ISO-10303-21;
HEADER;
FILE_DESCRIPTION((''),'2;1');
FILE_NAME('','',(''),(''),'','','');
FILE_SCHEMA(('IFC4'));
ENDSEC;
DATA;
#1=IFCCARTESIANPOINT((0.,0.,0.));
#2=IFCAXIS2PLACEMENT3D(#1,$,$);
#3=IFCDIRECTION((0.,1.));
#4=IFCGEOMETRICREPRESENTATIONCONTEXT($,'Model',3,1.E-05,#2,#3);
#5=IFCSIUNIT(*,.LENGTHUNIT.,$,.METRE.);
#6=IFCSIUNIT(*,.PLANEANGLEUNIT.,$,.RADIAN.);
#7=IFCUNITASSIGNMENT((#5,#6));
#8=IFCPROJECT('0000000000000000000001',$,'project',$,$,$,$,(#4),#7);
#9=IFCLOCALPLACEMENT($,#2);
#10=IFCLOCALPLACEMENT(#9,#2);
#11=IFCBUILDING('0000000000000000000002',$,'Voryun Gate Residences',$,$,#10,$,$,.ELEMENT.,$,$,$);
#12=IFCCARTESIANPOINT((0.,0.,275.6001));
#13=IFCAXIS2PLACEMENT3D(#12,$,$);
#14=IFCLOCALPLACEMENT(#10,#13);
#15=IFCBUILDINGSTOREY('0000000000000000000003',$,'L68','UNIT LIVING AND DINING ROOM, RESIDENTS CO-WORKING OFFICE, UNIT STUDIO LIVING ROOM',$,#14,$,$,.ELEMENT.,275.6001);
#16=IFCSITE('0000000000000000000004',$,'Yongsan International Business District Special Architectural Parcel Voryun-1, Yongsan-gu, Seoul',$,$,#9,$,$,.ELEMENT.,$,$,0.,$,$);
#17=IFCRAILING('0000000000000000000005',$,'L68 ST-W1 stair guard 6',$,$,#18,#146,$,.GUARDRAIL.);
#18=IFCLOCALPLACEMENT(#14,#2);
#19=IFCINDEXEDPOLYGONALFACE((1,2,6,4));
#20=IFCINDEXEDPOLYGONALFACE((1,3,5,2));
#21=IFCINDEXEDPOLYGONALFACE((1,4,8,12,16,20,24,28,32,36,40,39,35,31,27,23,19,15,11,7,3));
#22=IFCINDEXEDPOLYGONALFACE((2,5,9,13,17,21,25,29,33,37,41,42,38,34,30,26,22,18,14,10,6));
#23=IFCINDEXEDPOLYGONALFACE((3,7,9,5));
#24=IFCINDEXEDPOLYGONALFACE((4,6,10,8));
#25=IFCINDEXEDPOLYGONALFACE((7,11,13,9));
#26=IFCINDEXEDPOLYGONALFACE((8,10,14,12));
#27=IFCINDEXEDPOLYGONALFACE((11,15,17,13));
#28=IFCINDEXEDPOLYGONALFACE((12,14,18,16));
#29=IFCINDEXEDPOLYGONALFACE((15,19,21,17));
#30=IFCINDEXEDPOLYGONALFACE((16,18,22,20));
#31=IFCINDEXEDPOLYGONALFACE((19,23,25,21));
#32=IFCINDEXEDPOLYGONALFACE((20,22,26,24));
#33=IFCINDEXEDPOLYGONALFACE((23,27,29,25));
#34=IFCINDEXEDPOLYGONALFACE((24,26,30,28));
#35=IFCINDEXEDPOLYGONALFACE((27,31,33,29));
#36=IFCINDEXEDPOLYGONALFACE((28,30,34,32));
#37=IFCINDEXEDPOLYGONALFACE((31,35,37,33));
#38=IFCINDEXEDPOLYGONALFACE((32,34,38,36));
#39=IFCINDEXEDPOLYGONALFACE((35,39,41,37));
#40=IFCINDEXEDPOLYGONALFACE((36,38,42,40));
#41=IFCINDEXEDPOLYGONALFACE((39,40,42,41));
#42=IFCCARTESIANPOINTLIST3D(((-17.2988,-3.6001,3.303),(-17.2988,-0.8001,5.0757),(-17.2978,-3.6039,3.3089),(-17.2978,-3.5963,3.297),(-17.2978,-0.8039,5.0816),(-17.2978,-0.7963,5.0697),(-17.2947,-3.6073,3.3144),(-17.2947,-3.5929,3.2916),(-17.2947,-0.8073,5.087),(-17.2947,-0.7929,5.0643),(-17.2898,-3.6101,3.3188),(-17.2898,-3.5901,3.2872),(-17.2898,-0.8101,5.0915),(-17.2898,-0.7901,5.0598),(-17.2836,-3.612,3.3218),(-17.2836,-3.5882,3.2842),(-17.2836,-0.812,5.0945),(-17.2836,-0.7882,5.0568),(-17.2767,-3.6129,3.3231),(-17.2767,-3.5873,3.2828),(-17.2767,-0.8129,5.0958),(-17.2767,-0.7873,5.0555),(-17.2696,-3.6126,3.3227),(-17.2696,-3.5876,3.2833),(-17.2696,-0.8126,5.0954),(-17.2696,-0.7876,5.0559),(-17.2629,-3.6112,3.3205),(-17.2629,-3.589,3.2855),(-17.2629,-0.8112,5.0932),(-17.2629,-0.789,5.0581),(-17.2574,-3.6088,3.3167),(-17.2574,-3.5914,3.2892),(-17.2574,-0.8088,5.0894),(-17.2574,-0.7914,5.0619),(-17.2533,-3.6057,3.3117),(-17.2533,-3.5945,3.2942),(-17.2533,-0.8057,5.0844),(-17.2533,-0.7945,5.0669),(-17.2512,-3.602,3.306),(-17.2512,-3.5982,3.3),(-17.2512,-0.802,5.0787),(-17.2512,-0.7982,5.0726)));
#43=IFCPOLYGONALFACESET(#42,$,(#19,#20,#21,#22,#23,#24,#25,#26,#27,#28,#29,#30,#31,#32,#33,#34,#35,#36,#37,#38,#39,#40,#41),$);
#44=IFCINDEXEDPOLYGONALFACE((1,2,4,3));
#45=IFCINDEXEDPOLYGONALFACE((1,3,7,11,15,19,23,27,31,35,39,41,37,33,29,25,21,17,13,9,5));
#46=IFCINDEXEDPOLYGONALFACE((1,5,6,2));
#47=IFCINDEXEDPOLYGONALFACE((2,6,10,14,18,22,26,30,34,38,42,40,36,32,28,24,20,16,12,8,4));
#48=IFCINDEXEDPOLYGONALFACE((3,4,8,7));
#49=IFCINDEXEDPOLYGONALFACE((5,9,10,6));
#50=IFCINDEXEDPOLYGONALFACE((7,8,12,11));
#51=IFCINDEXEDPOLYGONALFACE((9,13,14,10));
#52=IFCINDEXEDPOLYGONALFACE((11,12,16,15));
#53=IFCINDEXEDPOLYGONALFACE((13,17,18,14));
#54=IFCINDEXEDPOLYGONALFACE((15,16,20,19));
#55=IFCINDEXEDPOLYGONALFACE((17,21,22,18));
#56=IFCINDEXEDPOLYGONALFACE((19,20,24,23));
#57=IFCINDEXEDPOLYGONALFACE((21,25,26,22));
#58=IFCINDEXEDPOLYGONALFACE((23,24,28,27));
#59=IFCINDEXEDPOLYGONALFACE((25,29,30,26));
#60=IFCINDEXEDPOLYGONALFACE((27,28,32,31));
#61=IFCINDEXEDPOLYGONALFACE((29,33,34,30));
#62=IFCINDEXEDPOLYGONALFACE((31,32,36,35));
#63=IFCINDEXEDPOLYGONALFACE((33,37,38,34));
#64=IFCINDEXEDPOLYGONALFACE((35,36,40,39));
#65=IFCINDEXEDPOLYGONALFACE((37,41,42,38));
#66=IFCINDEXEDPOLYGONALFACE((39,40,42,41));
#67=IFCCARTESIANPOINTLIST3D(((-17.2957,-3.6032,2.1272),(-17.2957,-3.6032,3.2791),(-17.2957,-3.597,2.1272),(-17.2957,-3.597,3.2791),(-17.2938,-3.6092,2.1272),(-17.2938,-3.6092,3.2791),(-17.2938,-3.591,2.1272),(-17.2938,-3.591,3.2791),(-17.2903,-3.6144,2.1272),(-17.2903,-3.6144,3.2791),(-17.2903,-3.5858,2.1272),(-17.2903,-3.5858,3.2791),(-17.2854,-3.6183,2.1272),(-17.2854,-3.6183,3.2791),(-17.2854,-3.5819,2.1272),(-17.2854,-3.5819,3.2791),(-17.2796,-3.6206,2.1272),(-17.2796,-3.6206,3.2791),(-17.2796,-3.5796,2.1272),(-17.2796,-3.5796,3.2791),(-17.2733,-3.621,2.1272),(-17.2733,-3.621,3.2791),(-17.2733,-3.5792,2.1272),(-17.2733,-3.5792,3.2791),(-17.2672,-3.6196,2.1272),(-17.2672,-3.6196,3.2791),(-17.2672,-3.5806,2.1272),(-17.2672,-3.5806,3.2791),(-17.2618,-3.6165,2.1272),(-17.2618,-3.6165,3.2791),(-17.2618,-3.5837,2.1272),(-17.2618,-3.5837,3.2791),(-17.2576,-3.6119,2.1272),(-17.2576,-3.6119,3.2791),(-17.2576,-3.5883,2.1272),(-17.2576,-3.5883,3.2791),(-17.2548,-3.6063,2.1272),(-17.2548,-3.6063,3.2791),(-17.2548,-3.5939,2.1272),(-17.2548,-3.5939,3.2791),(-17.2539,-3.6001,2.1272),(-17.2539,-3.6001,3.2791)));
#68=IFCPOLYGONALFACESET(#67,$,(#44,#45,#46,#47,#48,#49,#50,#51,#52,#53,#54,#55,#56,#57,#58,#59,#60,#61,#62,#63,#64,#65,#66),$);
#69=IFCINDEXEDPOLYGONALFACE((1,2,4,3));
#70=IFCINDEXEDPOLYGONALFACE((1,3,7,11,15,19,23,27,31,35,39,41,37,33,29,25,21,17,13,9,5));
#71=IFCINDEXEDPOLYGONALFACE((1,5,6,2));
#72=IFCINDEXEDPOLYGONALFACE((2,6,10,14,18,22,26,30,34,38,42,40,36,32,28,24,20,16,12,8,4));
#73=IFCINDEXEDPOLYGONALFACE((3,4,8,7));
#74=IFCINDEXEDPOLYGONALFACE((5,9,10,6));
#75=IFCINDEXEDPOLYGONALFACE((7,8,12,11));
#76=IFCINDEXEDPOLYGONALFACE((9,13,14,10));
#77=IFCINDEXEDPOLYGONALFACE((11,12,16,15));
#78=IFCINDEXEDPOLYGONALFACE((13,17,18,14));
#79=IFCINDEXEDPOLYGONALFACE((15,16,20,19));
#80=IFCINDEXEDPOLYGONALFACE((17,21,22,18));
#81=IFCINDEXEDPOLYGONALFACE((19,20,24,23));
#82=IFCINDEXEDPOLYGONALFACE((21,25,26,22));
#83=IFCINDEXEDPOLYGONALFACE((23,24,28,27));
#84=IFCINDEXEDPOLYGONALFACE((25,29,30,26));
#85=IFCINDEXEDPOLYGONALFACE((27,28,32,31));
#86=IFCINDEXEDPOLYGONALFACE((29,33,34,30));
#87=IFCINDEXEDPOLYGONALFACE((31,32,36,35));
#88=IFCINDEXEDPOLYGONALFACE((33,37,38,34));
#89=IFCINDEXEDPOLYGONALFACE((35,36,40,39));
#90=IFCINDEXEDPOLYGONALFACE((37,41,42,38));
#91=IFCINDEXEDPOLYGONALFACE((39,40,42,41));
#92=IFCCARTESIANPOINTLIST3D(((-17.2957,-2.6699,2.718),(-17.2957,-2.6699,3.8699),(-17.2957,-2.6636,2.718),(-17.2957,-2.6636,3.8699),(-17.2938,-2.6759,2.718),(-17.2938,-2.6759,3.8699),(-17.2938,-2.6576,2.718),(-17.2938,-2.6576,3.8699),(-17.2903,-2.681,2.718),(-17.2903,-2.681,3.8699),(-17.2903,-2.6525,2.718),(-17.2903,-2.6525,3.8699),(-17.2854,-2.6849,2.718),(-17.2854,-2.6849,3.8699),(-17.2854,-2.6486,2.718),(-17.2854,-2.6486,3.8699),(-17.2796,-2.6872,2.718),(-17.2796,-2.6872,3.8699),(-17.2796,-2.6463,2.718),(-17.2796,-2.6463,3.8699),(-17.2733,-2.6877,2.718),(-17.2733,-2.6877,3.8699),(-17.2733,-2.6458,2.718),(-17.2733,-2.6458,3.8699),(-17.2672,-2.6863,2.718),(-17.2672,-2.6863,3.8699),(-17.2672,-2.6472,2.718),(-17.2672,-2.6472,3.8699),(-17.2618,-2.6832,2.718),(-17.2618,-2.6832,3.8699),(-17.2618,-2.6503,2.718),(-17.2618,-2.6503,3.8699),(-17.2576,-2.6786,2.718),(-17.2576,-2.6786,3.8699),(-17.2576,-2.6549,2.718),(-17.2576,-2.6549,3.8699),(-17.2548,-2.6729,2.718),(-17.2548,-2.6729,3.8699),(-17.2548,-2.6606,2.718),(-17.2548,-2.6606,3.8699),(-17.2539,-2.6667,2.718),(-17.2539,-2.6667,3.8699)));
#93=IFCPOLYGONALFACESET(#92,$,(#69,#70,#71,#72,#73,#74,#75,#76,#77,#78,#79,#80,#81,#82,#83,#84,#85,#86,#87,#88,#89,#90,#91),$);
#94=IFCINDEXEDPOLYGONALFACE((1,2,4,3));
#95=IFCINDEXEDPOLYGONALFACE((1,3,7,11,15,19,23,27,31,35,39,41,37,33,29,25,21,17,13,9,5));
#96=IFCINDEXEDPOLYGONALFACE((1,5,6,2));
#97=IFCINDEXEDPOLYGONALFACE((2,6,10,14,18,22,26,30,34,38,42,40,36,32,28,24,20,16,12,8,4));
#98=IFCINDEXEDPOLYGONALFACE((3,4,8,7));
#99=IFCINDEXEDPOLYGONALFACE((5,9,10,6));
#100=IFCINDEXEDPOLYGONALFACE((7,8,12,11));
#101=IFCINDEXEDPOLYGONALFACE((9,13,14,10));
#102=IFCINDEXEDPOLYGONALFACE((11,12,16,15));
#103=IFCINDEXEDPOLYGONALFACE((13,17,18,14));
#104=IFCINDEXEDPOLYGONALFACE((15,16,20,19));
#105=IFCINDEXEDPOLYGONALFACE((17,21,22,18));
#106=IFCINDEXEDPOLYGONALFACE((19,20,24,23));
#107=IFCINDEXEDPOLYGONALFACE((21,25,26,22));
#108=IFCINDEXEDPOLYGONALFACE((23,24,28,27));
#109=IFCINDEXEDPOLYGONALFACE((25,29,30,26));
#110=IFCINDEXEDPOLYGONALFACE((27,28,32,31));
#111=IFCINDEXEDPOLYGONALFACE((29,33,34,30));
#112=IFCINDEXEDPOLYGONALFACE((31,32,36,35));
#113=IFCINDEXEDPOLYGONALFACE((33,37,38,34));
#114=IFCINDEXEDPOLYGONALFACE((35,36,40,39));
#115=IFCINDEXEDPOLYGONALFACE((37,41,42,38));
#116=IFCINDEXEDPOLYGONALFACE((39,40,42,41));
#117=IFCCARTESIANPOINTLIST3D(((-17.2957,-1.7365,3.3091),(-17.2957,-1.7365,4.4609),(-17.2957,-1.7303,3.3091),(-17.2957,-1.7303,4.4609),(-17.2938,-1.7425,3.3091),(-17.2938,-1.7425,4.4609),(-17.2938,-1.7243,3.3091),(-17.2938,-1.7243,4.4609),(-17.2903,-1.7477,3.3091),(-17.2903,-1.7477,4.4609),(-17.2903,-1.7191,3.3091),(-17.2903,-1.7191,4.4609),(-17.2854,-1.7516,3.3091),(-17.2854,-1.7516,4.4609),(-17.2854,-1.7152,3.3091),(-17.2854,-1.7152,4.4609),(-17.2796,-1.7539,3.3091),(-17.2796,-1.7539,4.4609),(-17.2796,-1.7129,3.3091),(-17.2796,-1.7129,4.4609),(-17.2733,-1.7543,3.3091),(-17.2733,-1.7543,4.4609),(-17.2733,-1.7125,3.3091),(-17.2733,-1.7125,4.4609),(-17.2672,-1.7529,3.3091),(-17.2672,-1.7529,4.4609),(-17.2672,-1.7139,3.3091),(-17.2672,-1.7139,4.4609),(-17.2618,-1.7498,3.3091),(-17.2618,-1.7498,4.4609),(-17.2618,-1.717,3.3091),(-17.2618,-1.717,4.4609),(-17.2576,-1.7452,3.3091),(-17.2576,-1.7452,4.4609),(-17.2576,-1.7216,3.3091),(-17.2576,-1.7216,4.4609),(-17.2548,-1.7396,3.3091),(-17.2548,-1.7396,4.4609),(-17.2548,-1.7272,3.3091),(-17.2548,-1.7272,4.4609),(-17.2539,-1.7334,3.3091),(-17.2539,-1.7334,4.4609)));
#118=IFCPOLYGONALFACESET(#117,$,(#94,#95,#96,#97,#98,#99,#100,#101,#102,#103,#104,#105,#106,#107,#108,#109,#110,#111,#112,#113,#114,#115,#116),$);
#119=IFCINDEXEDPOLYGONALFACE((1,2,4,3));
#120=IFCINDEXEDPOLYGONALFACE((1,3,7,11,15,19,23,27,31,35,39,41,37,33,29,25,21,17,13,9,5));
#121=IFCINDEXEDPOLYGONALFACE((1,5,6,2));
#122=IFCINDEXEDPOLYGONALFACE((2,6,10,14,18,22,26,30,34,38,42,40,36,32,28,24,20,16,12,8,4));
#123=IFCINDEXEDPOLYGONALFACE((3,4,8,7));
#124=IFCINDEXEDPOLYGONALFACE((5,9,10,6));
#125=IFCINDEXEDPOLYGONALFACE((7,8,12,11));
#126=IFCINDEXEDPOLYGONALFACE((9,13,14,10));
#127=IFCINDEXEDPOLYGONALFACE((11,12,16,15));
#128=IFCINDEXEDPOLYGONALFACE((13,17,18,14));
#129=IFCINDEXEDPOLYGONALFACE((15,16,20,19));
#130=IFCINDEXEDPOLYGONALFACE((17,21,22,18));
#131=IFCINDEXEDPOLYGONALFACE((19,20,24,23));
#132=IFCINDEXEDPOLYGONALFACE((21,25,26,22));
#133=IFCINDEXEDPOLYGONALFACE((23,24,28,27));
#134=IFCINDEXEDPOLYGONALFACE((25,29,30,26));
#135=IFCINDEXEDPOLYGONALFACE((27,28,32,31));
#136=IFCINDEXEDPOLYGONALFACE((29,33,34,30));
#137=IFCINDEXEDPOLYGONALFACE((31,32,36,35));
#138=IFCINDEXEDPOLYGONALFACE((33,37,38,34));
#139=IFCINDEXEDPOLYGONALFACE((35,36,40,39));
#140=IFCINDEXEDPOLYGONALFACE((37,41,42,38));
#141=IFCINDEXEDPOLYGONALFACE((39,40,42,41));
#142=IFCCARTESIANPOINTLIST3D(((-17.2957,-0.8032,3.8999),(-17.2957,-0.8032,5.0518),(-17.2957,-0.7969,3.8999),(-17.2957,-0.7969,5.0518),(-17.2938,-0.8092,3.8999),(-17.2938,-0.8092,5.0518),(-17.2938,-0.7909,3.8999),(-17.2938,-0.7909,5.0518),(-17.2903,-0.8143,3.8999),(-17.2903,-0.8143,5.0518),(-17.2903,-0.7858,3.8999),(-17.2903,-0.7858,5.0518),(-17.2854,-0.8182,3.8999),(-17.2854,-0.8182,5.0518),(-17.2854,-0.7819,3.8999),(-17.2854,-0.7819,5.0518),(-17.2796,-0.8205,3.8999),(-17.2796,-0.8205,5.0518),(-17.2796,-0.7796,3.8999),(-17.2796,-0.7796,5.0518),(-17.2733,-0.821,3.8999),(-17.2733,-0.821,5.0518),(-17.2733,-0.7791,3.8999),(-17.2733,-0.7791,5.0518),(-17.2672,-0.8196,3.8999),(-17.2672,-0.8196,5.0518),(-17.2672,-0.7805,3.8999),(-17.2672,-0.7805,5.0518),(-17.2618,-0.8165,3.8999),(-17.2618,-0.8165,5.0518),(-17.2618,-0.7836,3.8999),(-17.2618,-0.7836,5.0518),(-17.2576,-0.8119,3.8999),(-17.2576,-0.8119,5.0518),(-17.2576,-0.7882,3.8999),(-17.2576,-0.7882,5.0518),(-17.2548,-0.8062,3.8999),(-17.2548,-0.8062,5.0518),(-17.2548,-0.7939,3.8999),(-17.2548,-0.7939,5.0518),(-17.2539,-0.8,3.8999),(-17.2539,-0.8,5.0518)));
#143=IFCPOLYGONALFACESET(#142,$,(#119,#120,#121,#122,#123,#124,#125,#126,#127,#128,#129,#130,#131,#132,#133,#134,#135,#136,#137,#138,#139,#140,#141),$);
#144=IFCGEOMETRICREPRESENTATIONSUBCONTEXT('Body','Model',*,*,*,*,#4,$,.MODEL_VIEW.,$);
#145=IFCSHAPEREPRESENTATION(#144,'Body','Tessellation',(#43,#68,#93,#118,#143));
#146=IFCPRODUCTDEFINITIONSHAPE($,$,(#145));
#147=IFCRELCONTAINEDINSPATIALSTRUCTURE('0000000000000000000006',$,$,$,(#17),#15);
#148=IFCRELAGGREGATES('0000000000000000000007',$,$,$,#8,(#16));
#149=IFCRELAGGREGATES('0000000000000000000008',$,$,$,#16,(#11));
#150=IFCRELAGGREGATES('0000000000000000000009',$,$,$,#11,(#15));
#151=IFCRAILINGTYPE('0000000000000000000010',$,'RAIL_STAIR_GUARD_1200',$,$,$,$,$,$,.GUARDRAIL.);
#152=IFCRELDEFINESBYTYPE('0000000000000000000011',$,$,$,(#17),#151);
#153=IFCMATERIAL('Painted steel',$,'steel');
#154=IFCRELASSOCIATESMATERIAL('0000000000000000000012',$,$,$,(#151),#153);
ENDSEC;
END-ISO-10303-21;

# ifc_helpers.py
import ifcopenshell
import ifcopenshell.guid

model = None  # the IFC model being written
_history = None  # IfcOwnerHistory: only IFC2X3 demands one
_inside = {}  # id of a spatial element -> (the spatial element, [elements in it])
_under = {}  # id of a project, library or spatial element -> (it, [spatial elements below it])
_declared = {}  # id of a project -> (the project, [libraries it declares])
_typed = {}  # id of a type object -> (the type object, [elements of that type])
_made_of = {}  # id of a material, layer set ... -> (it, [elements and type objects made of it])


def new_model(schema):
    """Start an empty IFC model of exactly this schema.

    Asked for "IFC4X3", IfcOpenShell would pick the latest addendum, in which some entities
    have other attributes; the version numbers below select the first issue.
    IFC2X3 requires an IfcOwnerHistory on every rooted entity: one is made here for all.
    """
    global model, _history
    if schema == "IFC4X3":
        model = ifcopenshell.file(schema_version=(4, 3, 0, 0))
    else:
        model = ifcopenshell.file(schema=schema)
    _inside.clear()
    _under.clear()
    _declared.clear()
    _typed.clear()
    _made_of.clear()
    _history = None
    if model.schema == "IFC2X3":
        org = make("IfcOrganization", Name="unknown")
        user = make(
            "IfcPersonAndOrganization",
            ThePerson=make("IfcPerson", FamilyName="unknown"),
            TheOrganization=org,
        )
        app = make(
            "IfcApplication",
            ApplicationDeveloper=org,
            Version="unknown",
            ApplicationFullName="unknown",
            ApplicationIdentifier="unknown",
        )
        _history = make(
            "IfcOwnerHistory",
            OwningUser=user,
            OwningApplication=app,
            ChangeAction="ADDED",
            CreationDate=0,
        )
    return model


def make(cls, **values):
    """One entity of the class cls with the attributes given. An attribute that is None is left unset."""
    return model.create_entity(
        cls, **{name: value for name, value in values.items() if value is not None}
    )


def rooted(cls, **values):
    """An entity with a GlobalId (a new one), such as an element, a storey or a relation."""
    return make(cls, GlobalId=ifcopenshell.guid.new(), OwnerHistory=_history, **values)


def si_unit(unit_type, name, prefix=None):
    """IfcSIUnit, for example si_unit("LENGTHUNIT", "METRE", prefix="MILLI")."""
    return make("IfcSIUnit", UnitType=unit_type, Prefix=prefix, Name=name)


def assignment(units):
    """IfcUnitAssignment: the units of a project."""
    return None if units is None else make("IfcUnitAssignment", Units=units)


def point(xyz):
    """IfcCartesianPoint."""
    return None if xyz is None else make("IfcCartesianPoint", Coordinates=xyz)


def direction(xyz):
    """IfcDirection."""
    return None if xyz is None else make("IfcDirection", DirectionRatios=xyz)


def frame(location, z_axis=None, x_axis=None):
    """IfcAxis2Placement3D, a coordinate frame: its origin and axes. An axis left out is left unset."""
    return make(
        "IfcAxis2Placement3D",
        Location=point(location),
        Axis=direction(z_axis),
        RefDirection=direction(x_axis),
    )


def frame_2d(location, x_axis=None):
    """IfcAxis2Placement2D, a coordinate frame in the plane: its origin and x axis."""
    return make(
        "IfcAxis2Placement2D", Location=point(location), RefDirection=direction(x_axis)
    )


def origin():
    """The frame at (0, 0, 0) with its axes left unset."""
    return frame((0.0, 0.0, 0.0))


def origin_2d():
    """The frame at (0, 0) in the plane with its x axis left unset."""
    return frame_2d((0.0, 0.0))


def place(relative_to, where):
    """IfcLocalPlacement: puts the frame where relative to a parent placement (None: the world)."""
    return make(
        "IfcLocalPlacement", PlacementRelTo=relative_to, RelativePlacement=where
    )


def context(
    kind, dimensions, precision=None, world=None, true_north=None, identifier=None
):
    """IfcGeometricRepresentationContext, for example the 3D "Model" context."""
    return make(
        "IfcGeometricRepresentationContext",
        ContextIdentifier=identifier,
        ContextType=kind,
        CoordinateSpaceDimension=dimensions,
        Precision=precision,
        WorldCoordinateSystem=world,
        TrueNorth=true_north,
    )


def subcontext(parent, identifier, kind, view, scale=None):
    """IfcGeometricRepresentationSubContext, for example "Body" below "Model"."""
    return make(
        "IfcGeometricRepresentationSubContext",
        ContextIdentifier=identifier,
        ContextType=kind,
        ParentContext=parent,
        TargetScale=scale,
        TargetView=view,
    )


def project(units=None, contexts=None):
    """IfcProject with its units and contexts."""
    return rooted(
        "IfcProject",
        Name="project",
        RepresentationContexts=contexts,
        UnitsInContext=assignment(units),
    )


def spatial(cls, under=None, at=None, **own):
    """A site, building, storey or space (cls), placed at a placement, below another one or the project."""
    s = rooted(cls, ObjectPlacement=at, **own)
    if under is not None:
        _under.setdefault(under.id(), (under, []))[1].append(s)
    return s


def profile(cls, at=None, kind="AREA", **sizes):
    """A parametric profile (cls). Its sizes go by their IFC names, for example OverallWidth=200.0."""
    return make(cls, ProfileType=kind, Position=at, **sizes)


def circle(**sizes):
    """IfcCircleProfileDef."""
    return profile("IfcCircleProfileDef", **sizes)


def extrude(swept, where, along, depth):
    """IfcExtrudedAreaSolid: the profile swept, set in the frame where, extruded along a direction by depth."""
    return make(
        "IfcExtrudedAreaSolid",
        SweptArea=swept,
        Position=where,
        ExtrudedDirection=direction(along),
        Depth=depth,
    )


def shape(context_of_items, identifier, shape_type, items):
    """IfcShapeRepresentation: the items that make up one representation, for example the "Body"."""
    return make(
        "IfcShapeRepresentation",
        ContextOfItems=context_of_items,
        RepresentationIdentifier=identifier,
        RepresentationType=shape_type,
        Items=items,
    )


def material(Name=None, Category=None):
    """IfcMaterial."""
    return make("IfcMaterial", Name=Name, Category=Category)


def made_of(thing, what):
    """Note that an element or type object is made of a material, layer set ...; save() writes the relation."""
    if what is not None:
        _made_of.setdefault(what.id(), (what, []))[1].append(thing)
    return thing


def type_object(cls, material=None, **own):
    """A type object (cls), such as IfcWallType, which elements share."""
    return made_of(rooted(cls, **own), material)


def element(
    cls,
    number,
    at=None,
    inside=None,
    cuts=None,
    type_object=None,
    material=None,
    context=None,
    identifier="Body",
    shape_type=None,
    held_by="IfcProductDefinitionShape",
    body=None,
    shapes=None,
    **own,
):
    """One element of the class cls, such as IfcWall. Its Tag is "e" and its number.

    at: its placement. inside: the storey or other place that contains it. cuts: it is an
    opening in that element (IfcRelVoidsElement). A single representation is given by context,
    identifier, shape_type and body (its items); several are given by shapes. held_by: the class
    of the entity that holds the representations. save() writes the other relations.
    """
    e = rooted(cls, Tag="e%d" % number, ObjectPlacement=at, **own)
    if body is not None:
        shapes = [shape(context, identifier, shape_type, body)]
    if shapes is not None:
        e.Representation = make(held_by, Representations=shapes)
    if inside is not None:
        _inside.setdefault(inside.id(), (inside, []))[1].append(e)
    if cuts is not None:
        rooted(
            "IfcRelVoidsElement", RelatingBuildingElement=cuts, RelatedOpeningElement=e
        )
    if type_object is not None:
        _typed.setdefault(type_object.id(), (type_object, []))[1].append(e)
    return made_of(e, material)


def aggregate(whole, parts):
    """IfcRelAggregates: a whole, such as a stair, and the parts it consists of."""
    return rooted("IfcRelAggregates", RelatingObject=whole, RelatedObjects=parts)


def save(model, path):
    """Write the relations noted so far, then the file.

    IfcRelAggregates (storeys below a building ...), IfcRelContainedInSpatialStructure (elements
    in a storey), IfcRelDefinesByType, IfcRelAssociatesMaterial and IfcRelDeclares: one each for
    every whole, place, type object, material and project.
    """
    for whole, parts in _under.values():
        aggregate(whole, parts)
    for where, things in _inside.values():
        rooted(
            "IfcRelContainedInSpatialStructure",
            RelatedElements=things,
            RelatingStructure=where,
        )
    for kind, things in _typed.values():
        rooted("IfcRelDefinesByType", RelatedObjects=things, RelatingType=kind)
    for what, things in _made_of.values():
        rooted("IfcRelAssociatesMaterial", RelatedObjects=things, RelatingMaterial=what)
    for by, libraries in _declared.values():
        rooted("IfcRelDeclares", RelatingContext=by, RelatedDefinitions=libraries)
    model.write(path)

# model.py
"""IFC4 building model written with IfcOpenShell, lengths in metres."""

from ifc_helpers import new_model, si_unit, direction, frame, origin, origin_2d, place, context, subcontext, project, spatial, circle, extrude, material, type_object, element, save


model = new_model("IFC4")

# Units and contexts
model_context = context("Model", 3, precision=1e-05, world=origin(), true_north=direction((0.0, 1.0)))
body_context = subcontext(model_context, "Body", "Model", "MODEL_VIEW")
ifc_project = project(units=[si_unit("LENGTHUNIT", "METRE"), si_unit("PLANEANGLEUNIT", "RADIAN")], contexts=[model_context])

# Site, building, storey
site_placement = place(None, origin())
site = spatial("IfcSite", under=ifc_project, at=site_placement, Name="Yongsan International Business District Special Architectural Parcel Voryun-1, Yongsan-gu, Seoul", CompositionType="ELEMENT", RefElevation=0.0)
building_placement = place(site_placement, origin())
building = spatial("IfcBuilding", under=site, at=building_placement, Name="Voryun Gate Residences", CompositionType="ELEMENT")
storey_placement = place(building_placement, frame((0.0, 0.0, 275.6001)))
storey = spatial("IfcBuildingStorey", under=building, at=storey_placement, Name="L68", Description="UNIT LIVING AND DINING ROOM, RESIDENTS CO-WORKING OFFICE, UNIT STUDIO LIVING ROOM", CompositionType="ELEMENT", Elevation=275.6001)

# Railing
ifc_material_1 = material(Name="Painted steel", Category="steel")
railing_type_1 = type_object("IfcRailingType", Name="RAIL_STAIR_GUARD_1200", PredefinedType="GUARDRAIL", material=ifc_material_1)
railing_1_placement = place(storey_placement, frame((-17.2749, -3.6001, 2.1272)))
element("IfcRailing", 1, at=railing_1_placement, inside=storey, type_object=railing_type_1, Name="L68 ST-W1 stair guard 6", PredefinedType="GUARDRAIL", context=body_context, shape_type="SweptSolid", body=[
    extrude(circle(Radius=0.0239, at=origin_2d()), frame((0.0, 0.0, 1.1758), z_axis=(0.0, 0.844909, 0.53491), x_axis=(-1.0, 0.0, 0.0)), (0.0, 0.0, 1.0), 3.314),
    extrude(circle(Radius=0.021, at=origin_2d()), origin(), (0.0, 0.0, 1.0), 1.1519),
    extrude(circle(Radius=0.021, at=origin_2d()), frame((0.0, 0.9333, 0.5908)), (0.0, 0.0, 1.0), 1.1519),
    extrude(circle(Radius=0.021, at=origin_2d()), frame((0.0, 1.8667, 1.1819)), (0.0, 0.0, 1.0), 1.1519),
    extrude(circle(Radius=0.021, at=origin_2d()), frame((0.0, 2.8, 1.7727)), (0.0, 0.0, 1.0), 1.1519),
])

save(model, "model.ifc")
